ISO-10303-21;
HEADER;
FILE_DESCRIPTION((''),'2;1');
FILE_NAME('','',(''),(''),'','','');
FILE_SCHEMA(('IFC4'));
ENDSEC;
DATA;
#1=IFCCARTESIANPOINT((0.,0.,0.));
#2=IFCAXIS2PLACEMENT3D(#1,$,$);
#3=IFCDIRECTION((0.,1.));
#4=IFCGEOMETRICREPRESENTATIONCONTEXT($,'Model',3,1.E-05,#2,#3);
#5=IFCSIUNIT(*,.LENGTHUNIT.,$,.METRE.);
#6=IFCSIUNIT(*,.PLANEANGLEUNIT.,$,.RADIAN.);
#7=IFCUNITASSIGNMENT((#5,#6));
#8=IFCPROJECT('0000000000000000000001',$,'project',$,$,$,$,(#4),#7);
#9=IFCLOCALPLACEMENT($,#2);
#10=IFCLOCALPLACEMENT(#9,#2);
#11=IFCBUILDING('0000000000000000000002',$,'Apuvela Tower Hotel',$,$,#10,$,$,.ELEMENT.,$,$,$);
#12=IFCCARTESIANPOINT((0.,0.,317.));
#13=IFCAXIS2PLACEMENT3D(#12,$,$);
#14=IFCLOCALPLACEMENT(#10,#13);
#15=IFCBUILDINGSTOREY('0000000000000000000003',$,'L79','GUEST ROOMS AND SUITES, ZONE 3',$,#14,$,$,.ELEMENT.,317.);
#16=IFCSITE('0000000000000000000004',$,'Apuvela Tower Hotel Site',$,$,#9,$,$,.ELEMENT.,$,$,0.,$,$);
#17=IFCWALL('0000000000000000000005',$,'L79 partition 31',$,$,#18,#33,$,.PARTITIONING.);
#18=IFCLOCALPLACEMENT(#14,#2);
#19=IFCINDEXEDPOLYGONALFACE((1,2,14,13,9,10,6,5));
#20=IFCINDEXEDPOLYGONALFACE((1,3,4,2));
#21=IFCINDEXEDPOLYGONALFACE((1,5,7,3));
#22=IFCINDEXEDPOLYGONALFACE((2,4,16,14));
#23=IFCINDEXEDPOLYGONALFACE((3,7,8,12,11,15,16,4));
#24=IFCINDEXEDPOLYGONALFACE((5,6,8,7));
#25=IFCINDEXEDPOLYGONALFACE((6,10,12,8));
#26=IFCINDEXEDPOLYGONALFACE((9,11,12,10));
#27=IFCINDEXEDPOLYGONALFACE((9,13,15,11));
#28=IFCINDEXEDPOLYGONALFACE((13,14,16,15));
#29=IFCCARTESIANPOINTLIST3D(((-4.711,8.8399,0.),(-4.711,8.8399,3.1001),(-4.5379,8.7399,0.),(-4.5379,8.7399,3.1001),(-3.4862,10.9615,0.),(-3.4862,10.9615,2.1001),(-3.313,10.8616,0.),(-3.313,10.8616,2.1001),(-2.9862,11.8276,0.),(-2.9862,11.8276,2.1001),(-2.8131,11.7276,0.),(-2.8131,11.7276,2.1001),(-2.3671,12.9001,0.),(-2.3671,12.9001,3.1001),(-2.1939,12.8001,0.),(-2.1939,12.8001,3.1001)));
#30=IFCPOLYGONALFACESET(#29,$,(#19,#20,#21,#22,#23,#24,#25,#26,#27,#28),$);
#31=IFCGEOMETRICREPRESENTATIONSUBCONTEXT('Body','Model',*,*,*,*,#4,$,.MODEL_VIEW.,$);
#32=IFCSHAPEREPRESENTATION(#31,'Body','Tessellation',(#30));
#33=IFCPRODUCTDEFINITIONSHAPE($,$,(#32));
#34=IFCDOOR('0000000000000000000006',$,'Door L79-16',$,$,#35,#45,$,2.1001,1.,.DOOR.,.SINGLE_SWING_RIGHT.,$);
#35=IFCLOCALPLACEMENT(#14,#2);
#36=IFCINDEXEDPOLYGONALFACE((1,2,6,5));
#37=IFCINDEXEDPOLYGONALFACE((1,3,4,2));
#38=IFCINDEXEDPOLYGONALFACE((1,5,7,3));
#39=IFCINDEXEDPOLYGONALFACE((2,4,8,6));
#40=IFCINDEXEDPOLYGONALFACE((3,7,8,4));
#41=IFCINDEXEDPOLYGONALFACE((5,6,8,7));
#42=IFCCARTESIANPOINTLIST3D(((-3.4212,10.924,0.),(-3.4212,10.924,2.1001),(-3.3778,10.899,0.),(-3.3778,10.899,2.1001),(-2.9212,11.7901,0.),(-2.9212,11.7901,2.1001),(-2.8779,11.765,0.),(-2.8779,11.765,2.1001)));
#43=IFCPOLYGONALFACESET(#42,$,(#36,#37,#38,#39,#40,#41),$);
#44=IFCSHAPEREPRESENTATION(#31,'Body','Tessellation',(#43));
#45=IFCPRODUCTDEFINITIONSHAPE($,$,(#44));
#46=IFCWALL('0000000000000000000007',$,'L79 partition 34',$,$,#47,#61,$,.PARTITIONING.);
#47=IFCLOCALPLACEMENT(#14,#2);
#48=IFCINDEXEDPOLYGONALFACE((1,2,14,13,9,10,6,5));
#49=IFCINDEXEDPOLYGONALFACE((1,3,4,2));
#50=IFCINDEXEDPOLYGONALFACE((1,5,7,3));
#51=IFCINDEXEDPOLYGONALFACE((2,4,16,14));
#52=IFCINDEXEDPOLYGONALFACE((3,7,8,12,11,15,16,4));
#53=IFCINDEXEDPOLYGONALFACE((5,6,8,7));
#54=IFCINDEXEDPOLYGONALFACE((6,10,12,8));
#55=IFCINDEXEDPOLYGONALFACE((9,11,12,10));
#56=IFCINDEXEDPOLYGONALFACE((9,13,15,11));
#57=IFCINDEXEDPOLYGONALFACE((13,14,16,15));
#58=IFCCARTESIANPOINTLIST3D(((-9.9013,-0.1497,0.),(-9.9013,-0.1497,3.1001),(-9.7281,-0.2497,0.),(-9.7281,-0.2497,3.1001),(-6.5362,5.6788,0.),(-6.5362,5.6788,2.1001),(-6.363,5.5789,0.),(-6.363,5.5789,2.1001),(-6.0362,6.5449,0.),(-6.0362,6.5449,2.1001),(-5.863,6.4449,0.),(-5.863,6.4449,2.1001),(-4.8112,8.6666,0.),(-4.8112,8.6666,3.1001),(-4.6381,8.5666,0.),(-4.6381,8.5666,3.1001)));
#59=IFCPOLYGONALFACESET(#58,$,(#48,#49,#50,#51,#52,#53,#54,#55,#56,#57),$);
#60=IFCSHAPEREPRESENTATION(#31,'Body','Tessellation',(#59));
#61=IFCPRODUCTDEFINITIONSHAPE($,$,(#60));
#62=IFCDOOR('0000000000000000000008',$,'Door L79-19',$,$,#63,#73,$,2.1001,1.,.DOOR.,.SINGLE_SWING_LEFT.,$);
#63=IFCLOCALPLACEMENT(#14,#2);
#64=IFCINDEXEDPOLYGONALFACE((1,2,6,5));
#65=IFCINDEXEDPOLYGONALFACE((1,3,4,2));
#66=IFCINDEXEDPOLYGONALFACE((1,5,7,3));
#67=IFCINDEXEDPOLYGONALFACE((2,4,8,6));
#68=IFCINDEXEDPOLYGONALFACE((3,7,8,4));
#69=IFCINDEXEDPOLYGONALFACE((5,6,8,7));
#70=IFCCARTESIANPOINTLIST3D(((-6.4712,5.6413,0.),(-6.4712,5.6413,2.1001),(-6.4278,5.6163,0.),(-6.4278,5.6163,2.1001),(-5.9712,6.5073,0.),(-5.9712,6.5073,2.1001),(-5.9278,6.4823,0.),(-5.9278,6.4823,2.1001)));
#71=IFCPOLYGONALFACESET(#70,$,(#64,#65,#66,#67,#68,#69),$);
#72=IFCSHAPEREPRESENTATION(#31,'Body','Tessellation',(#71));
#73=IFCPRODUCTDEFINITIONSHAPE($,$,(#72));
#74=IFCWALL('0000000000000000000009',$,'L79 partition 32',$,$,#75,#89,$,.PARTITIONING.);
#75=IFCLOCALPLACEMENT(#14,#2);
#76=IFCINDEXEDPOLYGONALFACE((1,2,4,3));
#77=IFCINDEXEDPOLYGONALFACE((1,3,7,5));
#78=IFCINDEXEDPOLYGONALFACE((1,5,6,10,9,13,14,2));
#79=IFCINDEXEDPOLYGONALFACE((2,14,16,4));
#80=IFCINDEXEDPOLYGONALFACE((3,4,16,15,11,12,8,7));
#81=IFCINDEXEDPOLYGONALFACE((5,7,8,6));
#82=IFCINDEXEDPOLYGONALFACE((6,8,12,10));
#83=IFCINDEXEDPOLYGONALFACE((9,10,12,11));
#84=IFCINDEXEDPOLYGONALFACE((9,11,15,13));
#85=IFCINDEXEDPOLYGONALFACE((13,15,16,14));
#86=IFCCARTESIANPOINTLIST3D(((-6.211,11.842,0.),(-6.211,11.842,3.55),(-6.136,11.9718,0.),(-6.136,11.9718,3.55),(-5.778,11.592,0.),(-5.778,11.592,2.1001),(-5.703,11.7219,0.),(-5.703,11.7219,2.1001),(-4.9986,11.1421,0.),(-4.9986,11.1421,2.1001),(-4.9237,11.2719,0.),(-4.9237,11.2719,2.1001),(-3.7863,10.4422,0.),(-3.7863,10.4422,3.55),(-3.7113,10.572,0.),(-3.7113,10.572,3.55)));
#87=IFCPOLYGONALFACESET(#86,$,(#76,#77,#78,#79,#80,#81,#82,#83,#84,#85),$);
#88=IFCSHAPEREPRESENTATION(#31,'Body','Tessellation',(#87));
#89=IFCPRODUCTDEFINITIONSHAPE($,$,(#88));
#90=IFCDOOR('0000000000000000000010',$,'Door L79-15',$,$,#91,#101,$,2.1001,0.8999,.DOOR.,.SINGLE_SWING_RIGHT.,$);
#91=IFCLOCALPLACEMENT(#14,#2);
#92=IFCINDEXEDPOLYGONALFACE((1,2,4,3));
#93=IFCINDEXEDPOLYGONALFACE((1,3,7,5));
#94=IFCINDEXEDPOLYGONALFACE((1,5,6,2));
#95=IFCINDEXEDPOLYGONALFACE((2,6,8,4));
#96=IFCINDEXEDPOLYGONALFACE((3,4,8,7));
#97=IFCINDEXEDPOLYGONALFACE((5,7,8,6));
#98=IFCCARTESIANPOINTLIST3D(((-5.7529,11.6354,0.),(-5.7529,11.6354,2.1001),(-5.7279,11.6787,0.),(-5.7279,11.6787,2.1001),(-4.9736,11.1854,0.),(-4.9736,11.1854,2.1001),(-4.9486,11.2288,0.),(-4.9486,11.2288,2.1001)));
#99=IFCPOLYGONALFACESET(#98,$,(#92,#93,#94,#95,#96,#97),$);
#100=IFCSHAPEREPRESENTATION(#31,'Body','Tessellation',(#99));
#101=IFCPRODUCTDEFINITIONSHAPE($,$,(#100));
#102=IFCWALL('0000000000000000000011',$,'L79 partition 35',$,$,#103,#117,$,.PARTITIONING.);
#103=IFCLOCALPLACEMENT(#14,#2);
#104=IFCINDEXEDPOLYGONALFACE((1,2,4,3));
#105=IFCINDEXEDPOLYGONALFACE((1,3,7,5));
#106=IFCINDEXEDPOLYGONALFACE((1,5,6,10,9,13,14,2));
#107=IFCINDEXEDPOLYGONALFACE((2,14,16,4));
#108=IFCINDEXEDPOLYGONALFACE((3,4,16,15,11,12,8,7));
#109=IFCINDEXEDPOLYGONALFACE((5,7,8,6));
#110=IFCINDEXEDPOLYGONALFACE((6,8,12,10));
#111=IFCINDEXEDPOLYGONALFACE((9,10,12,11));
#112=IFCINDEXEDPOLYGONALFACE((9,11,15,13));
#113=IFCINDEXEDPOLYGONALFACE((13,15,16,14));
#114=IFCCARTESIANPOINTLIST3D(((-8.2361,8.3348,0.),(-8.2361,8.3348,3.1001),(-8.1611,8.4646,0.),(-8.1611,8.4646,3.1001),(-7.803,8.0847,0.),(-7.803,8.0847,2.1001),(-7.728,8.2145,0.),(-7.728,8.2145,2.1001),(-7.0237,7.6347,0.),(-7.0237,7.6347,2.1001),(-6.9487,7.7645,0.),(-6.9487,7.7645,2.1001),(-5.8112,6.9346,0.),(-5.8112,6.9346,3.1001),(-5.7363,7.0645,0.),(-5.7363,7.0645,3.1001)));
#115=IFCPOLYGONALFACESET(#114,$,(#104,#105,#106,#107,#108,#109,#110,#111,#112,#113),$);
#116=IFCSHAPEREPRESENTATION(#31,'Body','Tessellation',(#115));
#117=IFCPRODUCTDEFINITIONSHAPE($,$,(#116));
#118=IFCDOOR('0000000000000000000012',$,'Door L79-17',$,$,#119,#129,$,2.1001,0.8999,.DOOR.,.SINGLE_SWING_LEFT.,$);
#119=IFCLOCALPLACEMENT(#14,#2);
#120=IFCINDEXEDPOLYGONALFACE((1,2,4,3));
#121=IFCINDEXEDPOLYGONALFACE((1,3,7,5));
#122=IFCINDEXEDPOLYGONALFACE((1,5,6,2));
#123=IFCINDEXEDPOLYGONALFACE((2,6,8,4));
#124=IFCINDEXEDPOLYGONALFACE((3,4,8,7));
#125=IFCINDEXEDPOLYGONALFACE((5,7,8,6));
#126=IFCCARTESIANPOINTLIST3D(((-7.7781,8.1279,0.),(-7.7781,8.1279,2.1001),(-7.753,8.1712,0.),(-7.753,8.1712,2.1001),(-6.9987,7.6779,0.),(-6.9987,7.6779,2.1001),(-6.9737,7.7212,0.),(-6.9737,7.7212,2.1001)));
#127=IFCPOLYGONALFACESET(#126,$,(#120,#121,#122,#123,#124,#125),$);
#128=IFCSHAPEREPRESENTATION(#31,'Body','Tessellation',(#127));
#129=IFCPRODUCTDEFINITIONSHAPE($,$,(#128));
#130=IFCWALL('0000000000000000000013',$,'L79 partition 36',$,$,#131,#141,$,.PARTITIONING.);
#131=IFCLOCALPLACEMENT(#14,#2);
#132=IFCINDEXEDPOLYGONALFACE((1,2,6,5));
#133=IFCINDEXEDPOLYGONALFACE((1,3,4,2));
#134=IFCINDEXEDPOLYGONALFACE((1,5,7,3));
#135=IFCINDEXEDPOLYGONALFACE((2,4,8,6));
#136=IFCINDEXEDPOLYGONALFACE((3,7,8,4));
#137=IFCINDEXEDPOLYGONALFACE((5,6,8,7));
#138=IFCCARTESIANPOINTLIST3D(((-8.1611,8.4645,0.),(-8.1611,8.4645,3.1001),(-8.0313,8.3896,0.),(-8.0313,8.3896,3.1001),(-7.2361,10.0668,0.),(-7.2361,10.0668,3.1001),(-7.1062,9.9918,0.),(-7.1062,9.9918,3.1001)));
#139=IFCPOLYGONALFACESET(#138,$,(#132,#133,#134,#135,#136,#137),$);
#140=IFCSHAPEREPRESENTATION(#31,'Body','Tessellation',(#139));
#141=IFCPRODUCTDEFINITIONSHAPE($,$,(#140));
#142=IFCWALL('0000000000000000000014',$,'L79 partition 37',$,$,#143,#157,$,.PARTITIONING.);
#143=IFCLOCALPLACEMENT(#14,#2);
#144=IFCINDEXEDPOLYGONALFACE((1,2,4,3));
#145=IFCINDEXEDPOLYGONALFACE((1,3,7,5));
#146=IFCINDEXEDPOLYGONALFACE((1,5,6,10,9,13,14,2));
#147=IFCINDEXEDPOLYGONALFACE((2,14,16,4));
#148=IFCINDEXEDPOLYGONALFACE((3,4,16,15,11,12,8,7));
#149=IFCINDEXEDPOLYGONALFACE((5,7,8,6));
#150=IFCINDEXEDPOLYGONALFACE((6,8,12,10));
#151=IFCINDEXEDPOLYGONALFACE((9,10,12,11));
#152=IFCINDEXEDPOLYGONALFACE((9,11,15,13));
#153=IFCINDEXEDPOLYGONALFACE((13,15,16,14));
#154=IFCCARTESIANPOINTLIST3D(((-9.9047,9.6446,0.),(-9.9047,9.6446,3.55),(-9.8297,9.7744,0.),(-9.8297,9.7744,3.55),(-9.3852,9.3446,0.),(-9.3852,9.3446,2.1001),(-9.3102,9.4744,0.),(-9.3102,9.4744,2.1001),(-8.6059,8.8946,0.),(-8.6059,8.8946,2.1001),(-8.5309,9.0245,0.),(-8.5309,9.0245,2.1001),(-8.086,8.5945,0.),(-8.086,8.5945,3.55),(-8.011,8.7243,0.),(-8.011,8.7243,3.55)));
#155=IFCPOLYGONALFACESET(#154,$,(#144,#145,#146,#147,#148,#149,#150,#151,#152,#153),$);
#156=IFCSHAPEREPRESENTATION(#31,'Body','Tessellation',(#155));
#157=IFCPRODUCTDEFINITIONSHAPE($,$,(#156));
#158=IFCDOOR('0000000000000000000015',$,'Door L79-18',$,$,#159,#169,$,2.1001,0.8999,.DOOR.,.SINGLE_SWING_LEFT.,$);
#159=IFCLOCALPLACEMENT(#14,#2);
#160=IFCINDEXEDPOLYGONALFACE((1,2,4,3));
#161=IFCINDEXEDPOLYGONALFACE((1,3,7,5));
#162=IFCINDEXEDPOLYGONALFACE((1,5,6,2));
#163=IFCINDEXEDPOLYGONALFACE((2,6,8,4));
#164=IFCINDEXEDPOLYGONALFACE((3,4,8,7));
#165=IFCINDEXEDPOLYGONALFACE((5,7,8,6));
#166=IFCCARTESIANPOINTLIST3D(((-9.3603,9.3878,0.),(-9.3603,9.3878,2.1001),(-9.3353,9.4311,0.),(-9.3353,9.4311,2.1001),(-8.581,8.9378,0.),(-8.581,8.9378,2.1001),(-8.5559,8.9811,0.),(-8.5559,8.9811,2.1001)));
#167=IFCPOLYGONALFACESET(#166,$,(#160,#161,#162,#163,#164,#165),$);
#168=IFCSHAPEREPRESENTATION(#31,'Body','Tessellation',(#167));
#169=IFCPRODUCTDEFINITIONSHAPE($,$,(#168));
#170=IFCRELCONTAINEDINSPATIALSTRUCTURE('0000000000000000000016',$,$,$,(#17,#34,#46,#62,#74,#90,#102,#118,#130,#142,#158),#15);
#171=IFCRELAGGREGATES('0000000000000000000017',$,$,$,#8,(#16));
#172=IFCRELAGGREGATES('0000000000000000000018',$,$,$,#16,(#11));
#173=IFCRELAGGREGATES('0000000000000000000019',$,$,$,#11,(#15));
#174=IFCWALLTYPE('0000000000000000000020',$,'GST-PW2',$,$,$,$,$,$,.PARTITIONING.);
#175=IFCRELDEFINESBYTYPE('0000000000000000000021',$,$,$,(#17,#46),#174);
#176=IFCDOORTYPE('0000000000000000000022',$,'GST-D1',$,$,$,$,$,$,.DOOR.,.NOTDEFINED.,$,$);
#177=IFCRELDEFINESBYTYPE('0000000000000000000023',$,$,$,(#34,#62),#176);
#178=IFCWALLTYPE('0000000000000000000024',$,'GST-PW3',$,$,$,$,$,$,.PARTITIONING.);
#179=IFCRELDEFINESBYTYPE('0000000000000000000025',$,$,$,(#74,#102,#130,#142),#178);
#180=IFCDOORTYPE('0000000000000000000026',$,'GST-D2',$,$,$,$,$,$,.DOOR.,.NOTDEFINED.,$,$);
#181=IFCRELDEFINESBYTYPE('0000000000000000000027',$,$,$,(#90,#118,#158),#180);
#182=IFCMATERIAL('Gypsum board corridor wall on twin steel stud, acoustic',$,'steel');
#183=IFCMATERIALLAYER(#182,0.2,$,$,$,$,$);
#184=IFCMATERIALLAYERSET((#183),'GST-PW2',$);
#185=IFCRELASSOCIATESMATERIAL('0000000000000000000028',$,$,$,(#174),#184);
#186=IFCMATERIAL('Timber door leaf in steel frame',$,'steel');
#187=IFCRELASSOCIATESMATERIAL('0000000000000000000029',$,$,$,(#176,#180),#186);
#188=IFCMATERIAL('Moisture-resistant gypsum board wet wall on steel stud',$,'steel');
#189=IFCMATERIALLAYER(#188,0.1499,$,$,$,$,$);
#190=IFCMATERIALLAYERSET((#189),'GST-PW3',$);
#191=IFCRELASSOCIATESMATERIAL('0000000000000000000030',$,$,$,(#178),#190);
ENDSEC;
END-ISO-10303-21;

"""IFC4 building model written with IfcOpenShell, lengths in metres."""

from ifc_helpers import new_model, si_unit, direction, frame, frame_2d, origin, place, context, subcontext, project, spatial, rectangle, extrude, material, layer, layer_set, type_object, element, fill, save


model = new_model("IFC4")

# Units and contexts
model_context = context("Model", 3, precision=1e-05, world=origin(), true_north=direction((0.0, 1.0)))
body_context = subcontext(model_context, "Body", "Model", "MODEL_VIEW")
ifc_project = project(units=[si_unit("LENGTHUNIT", "METRE"), si_unit("PLANEANGLEUNIT", "RADIAN")], contexts=[model_context])

# Site, building, storey
site_placement = place(None, origin())
site = spatial("IfcSite", under=ifc_project, at=site_placement, Name="Apuvela Tower Hotel Site", CompositionType="ELEMENT", RefElevation=0.0)
building_placement = place(site_placement, origin())
building = spatial("IfcBuilding", under=site, at=building_placement, Name="Apuvela Tower Hotel", CompositionType="ELEMENT")
storey_placement = place(building_placement, frame((0.0, 0.0, 317.0)))
storey = spatial("IfcBuildingStorey", under=building, at=storey_placement, Name="L79", Description="GUEST ROOMS AND SUITES, ZONE 3", CompositionType="ELEMENT", Elevation=317.0)

# Walls, openings, doors
ifc_material_1 = material(Name="Gypsum board corridor wall on twin steel stud, acoustic", Category="steel")
ifc_layer_1 = layer(ifc_material_1, 0.2)
ifc_layer_set_1 = layer_set([ifc_layer_1], Name="GST-PW2")
wall_type_1 = type_object("IfcWallType", Name="GST-PW2", PredefinedType="PARTITIONING", material=ifc_layer_set_1)
wall_1_placement = place(storey_placement, frame((-4.6245, 8.7898, 0.0), z_axis=(0.0, 0.0, 1.0), x_axis=(0.499964, 0.866046, 0.0)))
wall_1 = element("IfcWall", 1, at=wall_1_placement, inside=storey, type_object=wall_type_1, Name="L79 partition 31", PredefinedType="PARTITIONING", context=body_context, shape_type="SweptSolid", body=[
    extrude(rectangle(XDim=4.6882, YDim=0.2, at=frame_2d((2.3442, 0.0))), origin(), (0.0, 0.0, 1.0), 3.1001),
])
opening_1_placement = place(wall_1_placement, frame((2.45, 0.0, 0.0)))
opening_1 = element("IfcOpeningElement", 2, at=opening_1_placement, cuts=wall_1, PredefinedType="OPENING", context=body_context, shape_type="SweptSolid", body=[
    extrude(rectangle(XDim=1.0, YDim=2.1001, at=frame_2d((0.5, 1.05))), frame((0.0, 0.1099, 0.0), z_axis=(0.0, -1.0, 0.0), x_axis=(1.0, 0.0, 0.0)), (0.0, 0.0, 1.0), 0.22),
])
ifc_material_2 = material(Name="Timber door leaf in steel frame", Category="steel")
door_type_1 = type_object("IfcDoorType", Name="GST-D1", OperationType="NOTDEFINED", PredefinedType="DOOR", material=ifc_material_2)
door_1_placement = place(opening_1_placement, origin())
door_1 = element("IfcDoor", 3, at=door_1_placement, inside=storey, type_object=door_type_1, Name="Door L79-16", OperationType="SINGLE_SWING_RIGHT", OverallHeight=2.1001, OverallWidth=1.0, PredefinedType="DOOR", context=body_context, shape_type="SweptSolid", body=[
    extrude(rectangle(XDim=1.0, YDim=2.1001, at=frame_2d((0.5, 1.05))), frame((0.0, 0.0249, 0.0), z_axis=(0.0, -1.0, 0.0), x_axis=(1.0, 0.0, 0.0)), (0.0, 0.0, 1.0), 0.05),
])
fill(opening_1, door_1)
wall_2_placement = place(storey_placement, frame((-9.8147, -0.1997, 0.0), z_axis=(0.0, 0.0, 1.0), x_axis=(0.499995, 0.866028, 0.0)))
wall_2 = element("IfcWall", 4, at=wall_2_placement, inside=storey, type_object=wall_type_1, Name="L79 partition 34", PredefinedType="PARTITIONING", context=body_context, shape_type="SweptSolid", body=[
    extrude(rectangle(XDim=10.1802, YDim=0.2, at=frame_2d((5.0901, 0.0))), origin(), (0.0, 0.0, 1.0), 3.1001),
])
opening_2_placement = place(wall_2_placement, frame((6.7302, 0.0, 0.0)))
opening_2 = element("IfcOpeningElement", 5, at=opening_2_placement, cuts=wall_2, PredefinedType="OPENING", context=body_context, shape_type="SweptSolid", body=[
    extrude(rectangle(XDim=1.0, YDim=2.1001, at=frame_2d((0.5, 1.05))), frame((0.0, 0.1099, 0.0), z_axis=(0.0, -1.0, 0.0), x_axis=(1.0, 0.0, 0.0)), (0.0, 0.0, 1.0), 0.22),
])
door_2_placement = place(opening_2_placement, origin())
door_2 = element("IfcDoor", 6, at=door_2_placement, inside=storey, type_object=door_type_1, Name="Door L79-19", OperationType="SINGLE_SWING_LEFT", OverallHeight=2.1001, OverallWidth=1.0, PredefinedType="DOOR", context=body_context, shape_type="SweptSolid", body=[
    extrude(rectangle(XDim=1.0, YDim=2.1001, at=frame_2d((0.5, 1.05))), frame((0.0, 0.0249, 0.0), z_axis=(0.0, -1.0, 0.0), x_axis=(1.0, 0.0, 0.0)), (0.0, 0.0, 1.0), 0.05),
])
fill(opening_2, door_2)
ifc_material_3 = material(Name="Moisture-resistant gypsum board wet wall on steel stud", Category="steel")
ifc_layer_2 = layer(ifc_material_3, 0.1499)
ifc_layer_set_2 = layer_set([ifc_layer_2], Name="GST-PW3")
wall_type_2 = type_object("IfcWallType", Name="GST-PW3", PredefinedType="PARTITIONING", material=ifc_layer_set_2)
wall_3_placement = place(storey_placement, frame((-3.7488, 10.5071, 0.0), z_axis=(0.0, 0.0, 1.0), x_axis=(-0.866035, 0.499984, 0.0)))
wall_3 = element("IfcWall", 7, at=wall_3_placement, inside=storey, type_object=wall_type_2, Name="L79 partition 32", PredefinedType="PARTITIONING", context=body_context, shape_type="SweptSolid", body=[
    extrude(rectangle(XDim=2.7998, YDim=0.1499, at=frame_2d((1.3999, 0.0))), origin(), (0.0, 0.0, 1.0), 3.55),
])
opening_3_placement = place(wall_3_placement, frame((1.3999, 0.0, 0.0)))
opening_3 = element("IfcOpeningElement", 8, at=opening_3_placement, cuts=wall_3, PredefinedType="OPENING", context=body_context, shape_type="SweptSolid", body=[
    extrude(rectangle(XDim=0.8999, YDim=2.1001, at=frame_2d((0.45, 1.05))), frame((0.0, 0.085, 0.0), z_axis=(0.0, -1.0, 0.0), x_axis=(1.0, 0.0, 0.0)), (0.0, 0.0, 1.0), 0.1699),
])
door_type_2 = type_object("IfcDoorType", Name="GST-D2", OperationType="NOTDEFINED", PredefinedType="DOOR", material=ifc_material_2)
door_3_placement = place(opening_3_placement, origin())
door_3 = element("IfcDoor", 9, at=door_3_placement, inside=storey, type_object=door_type_2, Name="Door L79-15", OperationType="SINGLE_SWING_RIGHT", OverallHeight=2.1001, OverallWidth=0.8999, PredefinedType="DOOR", context=body_context, shape_type="SweptSolid", body=[
    extrude(rectangle(XDim=0.8999, YDim=2.1001, at=frame_2d((0.45, 1.05))), frame((0.0, 0.0249, 0.0), z_axis=(0.0, -1.0, 0.0), x_axis=(1.0, 0.0, 0.0)), (0.0, 0.0, 1.0), 0.05),
])
fill(opening_3, door_3)
wall_4_placement = place(storey_placement, frame((-8.1985, 8.3997, 0.0), z_axis=(0.0, 0.0, 1.0), x_axis=(0.865997, -0.50005, 0.0)))
wall_4 = element("IfcWall", 10, at=wall_4_placement, inside=storey, type_object=wall_type_2, Name="L79 partition 35", PredefinedType="PARTITIONING", context=body_context, shape_type="SweptSolid", body=[
    extrude(rectangle(XDim=2.8, YDim=0.1499, at=frame_2d((1.3999, 0.0))), origin(), (0.0, 0.0, 1.0), 3.1001),
])
opening_4_placement = place(wall_4_placement, frame((0.5, 0.0, 0.0)))
opening_4 = element("IfcOpeningElement", 11, at=opening_4_placement, cuts=wall_4, PredefinedType="OPENING", context=body_context, shape_type="SweptSolid", body=[
    extrude(rectangle(XDim=0.8999, YDim=2.1001, at=frame_2d((0.45, 1.05))), frame((0.0, 0.085, 0.0), z_axis=(0.0, -1.0, 0.0), x_axis=(1.0, 0.0, 0.0)), (0.0, 0.0, 1.0), 0.1699),
])
door_4_placement = place(opening_4_placement, origin())
door_4 = element("IfcDoor", 12, at=door_4_placement, inside=storey, type_object=door_type_2, Name="Door L79-17", OperationType="SINGLE_SWING_LEFT", OverallHeight=2.1001, OverallWidth=0.8999, PredefinedType="DOOR", context=body_context, shape_type="SweptSolid", body=[
    extrude(rectangle(XDim=0.8999, YDim=2.1001, at=frame_2d((0.45, 1.05))), frame((0.0, 0.0249, 0.0), z_axis=(0.0, -1.0, 0.0), x_axis=(1.0, 0.0, 0.0)), (0.0, 0.0, 1.0), 0.05),
])
fill(opening_4, door_4)

# Wall
wall_5_placement = place(storey_placement, frame((-7.1711, 10.0293, 0.0), z_axis=(0.0, 0.0, 1.0), x_axis=(-0.499985, -0.866034, 0.0)))
element("IfcWall", 13, at=wall_5_placement, inside=storey, type_object=wall_type_2, Name="L79 partition 36", PredefinedType="PARTITIONING", context=body_context, shape_type="SweptSolid", body=[
    extrude(rectangle(XDim=1.8501, YDim=0.1499, at=frame_2d((0.925, 0.0))), origin(), (0.0, 0.0, 1.0), 3.1001),
])

# Wall, opening, door
wall_6_placement = place(storey_placement, frame((-9.8672, 9.7095, 0.0), z_axis=(0.0, 0.0, 1.0), x_axis=(0.866009, -0.500028, 0.0)))
wall_6 = element("IfcWall", 14, at=wall_6_placement, inside=storey, type_object=wall_type_2, Name="L79 partition 37", PredefinedType="PARTITIONING", context=body_context, shape_type="SweptSolid", body=[
    extrude(rectangle(XDim=2.1001, YDim=0.1499, at=frame_2d((1.05, 0.0))), origin(), (0.0, 0.0, 1.0), 3.55),
])
opening_5_placement = place(wall_6_placement, frame((0.5999, 0.0, 0.0)))
opening_5 = element("IfcOpeningElement", 15, at=opening_5_placement, cuts=wall_6, PredefinedType="OPENING", context=body_context, shape_type="SweptSolid", body=[
    extrude(rectangle(XDim=0.8999, YDim=2.1001, at=frame_2d((0.45, 1.05))), frame((0.0, 0.085, 0.0), z_axis=(0.0, -1.0, 0.0), x_axis=(1.0, 0.0, 0.0)), (0.0, 0.0, 1.0), 0.1699),
])
door_5_placement = place(opening_5_placement, origin())
door_5 = element("IfcDoor", 16, at=door_5_placement, inside=storey, type_object=door_type_2, Name="Door L79-18", OperationType="SINGLE_SWING_LEFT", OverallHeight=2.1001, OverallWidth=0.8999, PredefinedType="DOOR", context=body_context, shape_type="SweptSolid", body=[
    extrude(rectangle(XDim=0.8999, YDim=2.1001, at=frame_2d((0.45, 1.05))), frame((0.0, 0.0249, 0.0), z_axis=(0.0, -1.0, 0.0), x_axis=(1.0, 0.0, 0.0)), (0.0, 0.0, 1.0), 0.05),
])
fill(opening_5, door_5)

save(model, "model.ifc")
